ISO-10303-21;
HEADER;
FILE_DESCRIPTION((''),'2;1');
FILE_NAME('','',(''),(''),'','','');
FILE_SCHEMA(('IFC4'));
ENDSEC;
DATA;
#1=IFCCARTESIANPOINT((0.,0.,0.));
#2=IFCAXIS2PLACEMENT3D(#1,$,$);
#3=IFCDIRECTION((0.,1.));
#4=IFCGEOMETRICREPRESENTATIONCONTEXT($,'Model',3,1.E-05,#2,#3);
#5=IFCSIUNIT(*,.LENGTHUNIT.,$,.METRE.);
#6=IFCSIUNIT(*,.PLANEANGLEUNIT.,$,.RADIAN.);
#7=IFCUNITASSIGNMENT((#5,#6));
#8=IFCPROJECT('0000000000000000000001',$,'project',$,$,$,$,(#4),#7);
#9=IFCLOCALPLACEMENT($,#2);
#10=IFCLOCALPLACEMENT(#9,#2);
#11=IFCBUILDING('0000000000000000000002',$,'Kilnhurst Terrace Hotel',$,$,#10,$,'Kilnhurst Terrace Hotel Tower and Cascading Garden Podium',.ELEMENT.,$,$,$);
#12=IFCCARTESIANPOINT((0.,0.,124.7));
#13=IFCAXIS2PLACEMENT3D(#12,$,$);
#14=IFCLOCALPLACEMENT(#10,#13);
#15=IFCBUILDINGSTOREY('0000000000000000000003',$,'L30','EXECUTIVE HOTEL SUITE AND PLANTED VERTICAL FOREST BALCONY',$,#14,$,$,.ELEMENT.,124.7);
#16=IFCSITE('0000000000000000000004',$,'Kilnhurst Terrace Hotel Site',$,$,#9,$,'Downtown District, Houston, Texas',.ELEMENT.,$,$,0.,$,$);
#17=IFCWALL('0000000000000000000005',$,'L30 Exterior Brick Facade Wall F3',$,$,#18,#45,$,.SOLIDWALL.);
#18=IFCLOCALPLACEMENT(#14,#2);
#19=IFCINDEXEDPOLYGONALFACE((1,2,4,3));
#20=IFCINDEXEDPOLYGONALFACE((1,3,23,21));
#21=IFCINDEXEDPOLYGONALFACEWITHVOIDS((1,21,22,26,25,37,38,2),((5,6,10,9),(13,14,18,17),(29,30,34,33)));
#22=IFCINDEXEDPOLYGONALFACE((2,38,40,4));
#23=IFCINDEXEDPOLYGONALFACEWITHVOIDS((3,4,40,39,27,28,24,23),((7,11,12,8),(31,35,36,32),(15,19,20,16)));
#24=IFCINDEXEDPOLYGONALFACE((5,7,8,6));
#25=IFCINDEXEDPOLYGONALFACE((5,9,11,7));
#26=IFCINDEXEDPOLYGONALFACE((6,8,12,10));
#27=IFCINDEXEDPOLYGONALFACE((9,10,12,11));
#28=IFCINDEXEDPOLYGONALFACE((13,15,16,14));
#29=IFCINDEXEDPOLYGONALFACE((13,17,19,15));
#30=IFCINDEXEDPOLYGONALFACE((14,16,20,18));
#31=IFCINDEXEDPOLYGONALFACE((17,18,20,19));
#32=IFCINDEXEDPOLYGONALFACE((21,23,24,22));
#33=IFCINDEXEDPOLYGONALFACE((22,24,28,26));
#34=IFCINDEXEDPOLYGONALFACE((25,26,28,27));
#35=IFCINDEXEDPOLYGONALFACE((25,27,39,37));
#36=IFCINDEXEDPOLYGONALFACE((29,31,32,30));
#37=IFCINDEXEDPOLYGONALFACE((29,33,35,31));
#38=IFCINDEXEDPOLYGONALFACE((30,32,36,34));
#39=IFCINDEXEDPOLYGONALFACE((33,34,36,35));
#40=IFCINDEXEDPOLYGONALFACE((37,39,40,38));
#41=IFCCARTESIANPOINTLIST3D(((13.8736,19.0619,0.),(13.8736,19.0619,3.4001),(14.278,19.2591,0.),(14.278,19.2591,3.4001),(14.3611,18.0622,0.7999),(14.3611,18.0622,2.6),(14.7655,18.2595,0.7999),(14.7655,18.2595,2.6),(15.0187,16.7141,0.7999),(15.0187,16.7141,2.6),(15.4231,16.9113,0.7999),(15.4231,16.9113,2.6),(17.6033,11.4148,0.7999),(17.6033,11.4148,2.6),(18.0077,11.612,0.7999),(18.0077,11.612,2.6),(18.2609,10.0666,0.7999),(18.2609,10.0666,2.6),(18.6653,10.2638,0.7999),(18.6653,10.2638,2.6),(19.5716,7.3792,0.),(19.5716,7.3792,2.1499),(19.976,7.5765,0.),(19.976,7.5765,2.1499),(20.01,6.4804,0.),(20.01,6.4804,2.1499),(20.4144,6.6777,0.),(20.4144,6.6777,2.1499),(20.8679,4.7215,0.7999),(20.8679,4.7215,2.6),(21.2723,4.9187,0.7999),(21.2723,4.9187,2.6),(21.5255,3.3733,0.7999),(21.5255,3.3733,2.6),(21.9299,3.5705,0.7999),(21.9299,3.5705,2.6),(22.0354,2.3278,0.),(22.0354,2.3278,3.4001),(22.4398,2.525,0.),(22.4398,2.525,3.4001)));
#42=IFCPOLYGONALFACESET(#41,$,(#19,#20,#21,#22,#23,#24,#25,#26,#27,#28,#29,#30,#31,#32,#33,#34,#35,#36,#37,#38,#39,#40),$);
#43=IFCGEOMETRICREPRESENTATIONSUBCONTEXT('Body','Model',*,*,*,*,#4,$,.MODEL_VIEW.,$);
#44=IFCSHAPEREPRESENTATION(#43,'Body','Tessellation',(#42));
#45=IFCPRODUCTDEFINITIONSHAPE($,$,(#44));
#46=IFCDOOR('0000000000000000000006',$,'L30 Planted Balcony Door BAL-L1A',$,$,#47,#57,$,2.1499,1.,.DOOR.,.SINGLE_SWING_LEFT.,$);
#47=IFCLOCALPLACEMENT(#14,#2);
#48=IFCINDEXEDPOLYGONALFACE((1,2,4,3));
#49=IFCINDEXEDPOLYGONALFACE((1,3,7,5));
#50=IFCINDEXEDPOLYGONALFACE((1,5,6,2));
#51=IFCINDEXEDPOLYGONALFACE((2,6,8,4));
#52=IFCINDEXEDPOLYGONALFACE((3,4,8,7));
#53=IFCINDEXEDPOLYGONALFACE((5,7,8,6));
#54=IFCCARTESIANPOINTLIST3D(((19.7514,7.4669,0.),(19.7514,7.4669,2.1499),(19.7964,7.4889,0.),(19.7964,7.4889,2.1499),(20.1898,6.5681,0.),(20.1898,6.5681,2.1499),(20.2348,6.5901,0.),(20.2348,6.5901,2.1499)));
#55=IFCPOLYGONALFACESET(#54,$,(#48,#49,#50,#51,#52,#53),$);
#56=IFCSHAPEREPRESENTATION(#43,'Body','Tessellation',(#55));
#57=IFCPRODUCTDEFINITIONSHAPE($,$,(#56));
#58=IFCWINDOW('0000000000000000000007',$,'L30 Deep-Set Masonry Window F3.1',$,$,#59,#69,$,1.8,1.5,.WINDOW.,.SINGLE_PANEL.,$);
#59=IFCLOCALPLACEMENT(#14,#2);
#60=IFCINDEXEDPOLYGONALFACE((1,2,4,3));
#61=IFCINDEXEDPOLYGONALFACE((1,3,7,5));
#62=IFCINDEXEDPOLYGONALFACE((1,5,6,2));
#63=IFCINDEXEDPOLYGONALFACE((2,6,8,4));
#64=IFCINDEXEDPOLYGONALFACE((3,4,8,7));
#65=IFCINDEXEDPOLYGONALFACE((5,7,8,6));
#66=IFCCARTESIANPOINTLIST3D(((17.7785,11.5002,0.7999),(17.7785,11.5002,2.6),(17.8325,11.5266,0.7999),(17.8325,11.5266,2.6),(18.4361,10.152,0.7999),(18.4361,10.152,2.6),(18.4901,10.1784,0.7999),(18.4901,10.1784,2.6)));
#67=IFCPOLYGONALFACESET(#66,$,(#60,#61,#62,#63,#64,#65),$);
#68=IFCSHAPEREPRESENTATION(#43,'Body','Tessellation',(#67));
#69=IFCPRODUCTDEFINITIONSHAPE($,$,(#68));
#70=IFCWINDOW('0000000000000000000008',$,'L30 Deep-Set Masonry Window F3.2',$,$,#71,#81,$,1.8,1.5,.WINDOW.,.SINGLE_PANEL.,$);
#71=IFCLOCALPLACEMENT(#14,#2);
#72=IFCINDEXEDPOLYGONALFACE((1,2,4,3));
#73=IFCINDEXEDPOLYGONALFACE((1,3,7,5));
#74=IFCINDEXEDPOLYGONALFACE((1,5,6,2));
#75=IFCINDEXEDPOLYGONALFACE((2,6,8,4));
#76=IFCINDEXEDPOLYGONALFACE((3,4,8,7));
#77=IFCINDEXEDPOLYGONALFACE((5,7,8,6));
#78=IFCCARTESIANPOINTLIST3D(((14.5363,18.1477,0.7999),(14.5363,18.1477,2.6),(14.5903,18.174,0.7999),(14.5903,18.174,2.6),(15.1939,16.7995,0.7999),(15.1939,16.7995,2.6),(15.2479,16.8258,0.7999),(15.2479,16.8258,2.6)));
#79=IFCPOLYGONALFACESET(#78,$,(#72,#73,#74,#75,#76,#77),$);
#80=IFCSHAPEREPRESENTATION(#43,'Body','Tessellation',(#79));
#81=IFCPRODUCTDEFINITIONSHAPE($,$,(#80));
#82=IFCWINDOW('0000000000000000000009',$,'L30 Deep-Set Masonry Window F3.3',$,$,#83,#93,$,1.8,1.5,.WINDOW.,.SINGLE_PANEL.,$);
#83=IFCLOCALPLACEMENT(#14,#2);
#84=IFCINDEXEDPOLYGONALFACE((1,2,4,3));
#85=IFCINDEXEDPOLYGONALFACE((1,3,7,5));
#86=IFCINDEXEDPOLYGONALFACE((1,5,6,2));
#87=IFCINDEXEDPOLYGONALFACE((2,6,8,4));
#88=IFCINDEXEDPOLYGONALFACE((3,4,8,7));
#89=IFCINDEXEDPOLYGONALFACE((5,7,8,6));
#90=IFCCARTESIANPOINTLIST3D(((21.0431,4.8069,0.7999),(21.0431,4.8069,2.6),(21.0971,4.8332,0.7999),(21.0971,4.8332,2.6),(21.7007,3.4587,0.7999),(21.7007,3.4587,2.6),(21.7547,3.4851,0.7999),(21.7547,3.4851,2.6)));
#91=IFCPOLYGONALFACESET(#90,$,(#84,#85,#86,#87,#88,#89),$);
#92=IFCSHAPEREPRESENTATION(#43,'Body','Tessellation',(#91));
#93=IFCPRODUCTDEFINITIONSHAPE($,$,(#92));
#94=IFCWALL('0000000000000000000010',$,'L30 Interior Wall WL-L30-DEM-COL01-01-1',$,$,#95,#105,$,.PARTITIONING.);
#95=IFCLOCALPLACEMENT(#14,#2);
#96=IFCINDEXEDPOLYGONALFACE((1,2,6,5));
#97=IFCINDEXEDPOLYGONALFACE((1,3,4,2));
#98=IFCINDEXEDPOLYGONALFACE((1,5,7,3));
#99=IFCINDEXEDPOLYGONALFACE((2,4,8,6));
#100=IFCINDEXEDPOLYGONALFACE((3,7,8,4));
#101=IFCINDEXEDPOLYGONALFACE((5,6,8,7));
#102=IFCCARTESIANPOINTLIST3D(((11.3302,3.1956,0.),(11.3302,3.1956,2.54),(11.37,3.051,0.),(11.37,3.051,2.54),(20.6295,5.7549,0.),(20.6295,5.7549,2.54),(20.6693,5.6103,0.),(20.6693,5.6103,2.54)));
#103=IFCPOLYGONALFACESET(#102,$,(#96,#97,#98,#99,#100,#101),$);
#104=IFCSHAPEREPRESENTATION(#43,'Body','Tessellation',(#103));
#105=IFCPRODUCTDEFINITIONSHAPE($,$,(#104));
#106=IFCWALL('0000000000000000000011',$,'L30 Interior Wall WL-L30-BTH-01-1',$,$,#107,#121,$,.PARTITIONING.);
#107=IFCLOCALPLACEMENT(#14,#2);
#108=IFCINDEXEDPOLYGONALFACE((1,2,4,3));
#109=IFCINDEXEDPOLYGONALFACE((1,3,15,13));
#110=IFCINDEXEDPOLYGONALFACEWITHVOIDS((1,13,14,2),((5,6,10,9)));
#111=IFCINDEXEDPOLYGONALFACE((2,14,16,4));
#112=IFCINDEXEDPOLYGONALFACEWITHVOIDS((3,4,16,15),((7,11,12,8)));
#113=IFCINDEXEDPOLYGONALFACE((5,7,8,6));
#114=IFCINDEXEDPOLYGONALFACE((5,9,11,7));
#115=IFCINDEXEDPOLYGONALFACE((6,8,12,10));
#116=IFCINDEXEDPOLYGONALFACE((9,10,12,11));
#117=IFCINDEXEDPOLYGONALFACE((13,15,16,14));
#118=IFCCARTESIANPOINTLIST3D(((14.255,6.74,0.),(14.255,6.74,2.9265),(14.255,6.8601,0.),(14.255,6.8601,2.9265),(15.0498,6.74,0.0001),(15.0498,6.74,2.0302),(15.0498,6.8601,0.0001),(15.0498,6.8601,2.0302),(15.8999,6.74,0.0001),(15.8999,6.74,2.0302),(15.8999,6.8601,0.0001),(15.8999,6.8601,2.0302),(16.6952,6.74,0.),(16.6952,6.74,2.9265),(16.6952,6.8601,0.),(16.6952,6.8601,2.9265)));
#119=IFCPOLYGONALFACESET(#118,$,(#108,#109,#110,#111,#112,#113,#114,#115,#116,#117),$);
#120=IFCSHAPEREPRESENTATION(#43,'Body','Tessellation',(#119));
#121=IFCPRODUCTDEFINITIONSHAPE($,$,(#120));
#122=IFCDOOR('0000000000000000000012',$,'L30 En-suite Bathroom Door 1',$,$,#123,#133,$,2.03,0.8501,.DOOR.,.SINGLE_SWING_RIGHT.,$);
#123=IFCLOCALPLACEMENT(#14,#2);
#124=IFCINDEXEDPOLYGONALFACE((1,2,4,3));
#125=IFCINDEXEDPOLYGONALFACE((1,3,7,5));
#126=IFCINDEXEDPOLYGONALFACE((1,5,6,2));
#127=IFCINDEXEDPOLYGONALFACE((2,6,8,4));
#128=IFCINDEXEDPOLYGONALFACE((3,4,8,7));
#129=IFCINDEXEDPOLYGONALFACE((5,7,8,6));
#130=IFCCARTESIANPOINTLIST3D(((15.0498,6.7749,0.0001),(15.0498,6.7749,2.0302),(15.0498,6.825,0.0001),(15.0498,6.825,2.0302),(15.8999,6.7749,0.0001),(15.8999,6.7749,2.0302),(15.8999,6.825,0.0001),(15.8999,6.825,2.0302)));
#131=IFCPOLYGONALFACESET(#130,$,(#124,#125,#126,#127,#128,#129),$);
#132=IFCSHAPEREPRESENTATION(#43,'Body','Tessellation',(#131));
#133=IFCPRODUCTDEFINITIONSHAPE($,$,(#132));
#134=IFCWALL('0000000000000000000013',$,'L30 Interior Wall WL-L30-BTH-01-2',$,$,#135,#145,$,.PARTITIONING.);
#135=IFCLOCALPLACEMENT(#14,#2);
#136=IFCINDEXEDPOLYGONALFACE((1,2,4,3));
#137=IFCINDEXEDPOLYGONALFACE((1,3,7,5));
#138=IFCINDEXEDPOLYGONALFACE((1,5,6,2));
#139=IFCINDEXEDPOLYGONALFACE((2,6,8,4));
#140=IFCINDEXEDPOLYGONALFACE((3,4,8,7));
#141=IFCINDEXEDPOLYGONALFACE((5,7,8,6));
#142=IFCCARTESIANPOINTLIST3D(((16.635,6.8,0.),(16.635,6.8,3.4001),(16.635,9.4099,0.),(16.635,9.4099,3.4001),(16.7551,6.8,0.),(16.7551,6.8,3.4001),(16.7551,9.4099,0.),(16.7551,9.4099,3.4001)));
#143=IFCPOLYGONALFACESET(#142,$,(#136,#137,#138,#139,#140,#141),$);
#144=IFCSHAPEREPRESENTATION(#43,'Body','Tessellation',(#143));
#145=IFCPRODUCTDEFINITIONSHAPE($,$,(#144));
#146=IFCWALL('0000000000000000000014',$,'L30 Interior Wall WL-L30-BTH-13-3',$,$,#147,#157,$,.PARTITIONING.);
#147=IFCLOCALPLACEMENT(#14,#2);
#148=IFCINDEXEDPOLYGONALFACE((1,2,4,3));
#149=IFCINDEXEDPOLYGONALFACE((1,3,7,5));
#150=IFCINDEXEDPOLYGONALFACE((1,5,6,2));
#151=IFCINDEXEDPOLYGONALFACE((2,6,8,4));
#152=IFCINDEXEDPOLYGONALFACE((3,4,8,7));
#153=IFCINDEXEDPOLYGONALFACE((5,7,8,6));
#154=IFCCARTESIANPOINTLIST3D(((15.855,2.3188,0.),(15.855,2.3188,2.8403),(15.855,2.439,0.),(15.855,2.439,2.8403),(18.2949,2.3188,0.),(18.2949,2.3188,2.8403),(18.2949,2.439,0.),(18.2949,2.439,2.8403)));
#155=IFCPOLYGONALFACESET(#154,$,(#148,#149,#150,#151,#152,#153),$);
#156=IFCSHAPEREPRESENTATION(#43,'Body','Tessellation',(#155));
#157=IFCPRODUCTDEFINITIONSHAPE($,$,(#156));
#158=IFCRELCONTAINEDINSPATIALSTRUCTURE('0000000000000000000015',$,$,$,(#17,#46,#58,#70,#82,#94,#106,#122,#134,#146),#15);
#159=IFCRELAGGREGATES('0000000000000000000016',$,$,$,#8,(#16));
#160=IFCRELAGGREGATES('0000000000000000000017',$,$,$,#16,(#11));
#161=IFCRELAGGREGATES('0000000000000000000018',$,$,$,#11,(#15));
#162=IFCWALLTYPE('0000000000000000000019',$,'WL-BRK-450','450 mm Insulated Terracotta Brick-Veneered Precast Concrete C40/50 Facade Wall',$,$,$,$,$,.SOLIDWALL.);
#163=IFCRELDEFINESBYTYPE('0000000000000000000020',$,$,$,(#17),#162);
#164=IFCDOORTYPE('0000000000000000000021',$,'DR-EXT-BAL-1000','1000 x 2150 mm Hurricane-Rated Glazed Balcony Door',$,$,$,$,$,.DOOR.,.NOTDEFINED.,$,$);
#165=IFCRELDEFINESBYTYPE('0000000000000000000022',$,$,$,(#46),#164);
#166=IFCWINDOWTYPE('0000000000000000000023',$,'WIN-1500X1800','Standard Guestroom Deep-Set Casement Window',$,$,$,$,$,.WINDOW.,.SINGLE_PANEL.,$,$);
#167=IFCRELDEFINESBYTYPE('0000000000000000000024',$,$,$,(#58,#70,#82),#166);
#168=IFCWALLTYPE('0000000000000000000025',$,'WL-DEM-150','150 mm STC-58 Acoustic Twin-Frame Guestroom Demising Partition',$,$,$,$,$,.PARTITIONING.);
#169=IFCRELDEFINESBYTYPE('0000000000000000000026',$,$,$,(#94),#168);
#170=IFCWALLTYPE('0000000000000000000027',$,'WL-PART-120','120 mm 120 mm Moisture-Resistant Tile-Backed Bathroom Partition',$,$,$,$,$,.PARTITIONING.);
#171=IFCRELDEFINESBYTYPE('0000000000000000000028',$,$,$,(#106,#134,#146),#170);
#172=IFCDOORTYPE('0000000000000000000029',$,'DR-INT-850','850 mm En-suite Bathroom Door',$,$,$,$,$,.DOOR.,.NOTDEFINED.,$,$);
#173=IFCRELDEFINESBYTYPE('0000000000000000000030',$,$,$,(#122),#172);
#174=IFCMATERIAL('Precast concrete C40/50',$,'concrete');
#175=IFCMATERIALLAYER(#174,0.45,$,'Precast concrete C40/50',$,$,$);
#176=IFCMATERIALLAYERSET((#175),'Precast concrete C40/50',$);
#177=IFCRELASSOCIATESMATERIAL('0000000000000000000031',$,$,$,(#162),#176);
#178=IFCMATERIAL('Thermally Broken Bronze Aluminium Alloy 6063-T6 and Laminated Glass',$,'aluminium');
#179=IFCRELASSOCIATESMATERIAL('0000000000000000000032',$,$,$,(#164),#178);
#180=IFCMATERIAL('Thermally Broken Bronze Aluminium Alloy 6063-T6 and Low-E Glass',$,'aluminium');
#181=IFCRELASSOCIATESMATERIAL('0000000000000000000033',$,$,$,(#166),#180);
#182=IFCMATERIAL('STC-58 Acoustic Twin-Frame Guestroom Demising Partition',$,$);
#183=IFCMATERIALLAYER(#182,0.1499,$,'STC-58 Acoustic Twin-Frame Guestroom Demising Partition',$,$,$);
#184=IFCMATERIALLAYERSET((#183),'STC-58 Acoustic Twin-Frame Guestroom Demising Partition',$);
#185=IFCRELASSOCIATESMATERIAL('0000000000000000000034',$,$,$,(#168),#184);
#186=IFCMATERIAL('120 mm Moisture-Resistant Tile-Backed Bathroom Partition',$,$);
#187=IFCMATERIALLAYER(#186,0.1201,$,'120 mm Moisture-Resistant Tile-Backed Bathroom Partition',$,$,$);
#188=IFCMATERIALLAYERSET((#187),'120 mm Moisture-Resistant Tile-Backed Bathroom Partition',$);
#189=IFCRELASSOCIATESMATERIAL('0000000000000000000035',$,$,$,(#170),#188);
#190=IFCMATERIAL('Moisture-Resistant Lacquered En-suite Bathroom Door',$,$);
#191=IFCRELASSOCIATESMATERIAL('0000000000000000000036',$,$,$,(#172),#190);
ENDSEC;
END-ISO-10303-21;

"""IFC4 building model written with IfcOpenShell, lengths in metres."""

from ifc_helpers import new_model, si_unit, direction, frame, frame_2d, origin, place, context, subcontext, project, spatial, rectangle, extrude, material, layer, layer_set, type_object, element, fill, save


model = new_model("IFC4")

# Units and contexts
model_context = context("Model", 3, precision=1e-05, world=origin(), true_north=direction((0.0, 1.0)))
body_context = subcontext(model_context, "Body", "Model", "MODEL_VIEW")
ifc_project = project(units=[si_unit("LENGTHUNIT", "METRE"), si_unit("PLANEANGLEUNIT", "RADIAN")], contexts=[model_context])

# Site, building, storey
site_placement = place(None, origin())
site = spatial("IfcSite", under=ifc_project, at=site_placement, Name="Kilnhurst Terrace Hotel Site", LongName="Downtown District, Houston, Texas", CompositionType="ELEMENT", RefElevation=0.0)
building_placement = place(site_placement, origin())
building = spatial("IfcBuilding", under=site, at=building_placement, Name="Kilnhurst Terrace Hotel", LongName="Kilnhurst Terrace Hotel Tower and Cascading Garden Podium", CompositionType="ELEMENT")
storey_placement = place(building_placement, frame((0.0, 0.0, 124.7)))
storey = spatial("IfcBuildingStorey", under=building, at=storey_placement, Name="L30", Description="EXECUTIVE HOTEL SUITE AND PLANTED VERTICAL FOREST BALCONY", CompositionType="ELEMENT", Elevation=124.7)

# Shared definitions
ifc_material_1 = material(Name="Precast concrete C40/50", Category="concrete")
ifc_layer_1 = layer(ifc_material_1, 0.45, Name="Precast concrete C40/50")
ifc_layer_set_1 = layer_set([ifc_layer_1], Name="Precast concrete C40/50")
wall_type_1 = type_object("IfcWallType", Name="WL-BRK-450", Description="450 mm Insulated Terracotta Brick-Veneered Precast Concrete C40/50 Facade Wall", PredefinedType="SOLIDWALL", material=ifc_layer_set_1)

# Wall, openings, door, windows
wall_1_placement = place(storey_placement, frame((22.2375, 2.4265, 0.0), z_axis=(0.0, 0.0, 1.0), x_axis=(-0.438375, 0.898792, 0.0)))
wall_1 = element("IfcWall", 1, at=wall_1_placement, inside=storey, type_object=wall_type_1, Name="L30 Exterior Brick Facade Wall F3", PredefinedType="SOLIDWALL", context=body_context, shape_type="SweptSolid", body=[
    extrude(rectangle(XDim=18.6184, YDim=0.45, at=frame_2d((9.3091, 0.0))), origin(), (0.0, 0.0, 1.0), 3.4001),
])
opening_1_placement = place(wall_1_placement, frame((4.6201, 0.0, 0.0)))
opening_1 = element("IfcOpeningElement", 2, at=opening_1_placement, cuts=wall_1, PredefinedType="OPENING", context=body_context, shape_type="SweptSolid", body=[
    extrude(rectangle(XDim=1.0, YDim=2.1499, at=frame_2d((0.5, 1.075))), frame((0.0, 0.2349, 0.0), z_axis=(0.0, -1.0, 0.0), x_axis=(1.0, 0.0, 0.0)), (0.0, 0.0, 1.0), 0.47),
])
opening_2_placement = place(wall_1_placement, frame((8.6101, 0.0, 0.8)))
opening_2 = element("IfcOpeningElement", 3, at=opening_2_placement, cuts=wall_1, PredefinedType="OPENING", context=body_context, shape_type="SweptSolid", body=[
    extrude(rectangle(XDim=1.5, YDim=1.8, at=frame_2d((0.75, 0.8999))), frame((0.0, 0.2349, 0.0), z_axis=(0.0, -1.0, 0.0), x_axis=(1.0, 0.0, 0.0)), (0.0, 0.0, 1.0), 0.47),
])
opening_3_placement = place(wall_1_placement, frame((16.0061, 0.0, 0.8)))
opening_3 = element("IfcOpeningElement", 4, at=opening_3_placement, cuts=wall_1, PredefinedType="OPENING", context=body_context, shape_type="SweptSolid", body=[
    extrude(rectangle(XDim=1.5, YDim=1.8, at=frame_2d((0.75, 0.8999))), frame((0.0, 0.2349, 0.0), z_axis=(0.0, -1.0, 0.0), x_axis=(1.0, 0.0, 0.0)), (0.0, 0.0, 1.0), 0.47),
])
opening_4_placement = place(wall_1_placement, frame((1.1631, 0.0, 0.8)))
opening_4 = element("IfcOpeningElement", 5, at=opening_4_placement, cuts=wall_1, PredefinedType="OPENING", context=body_context, shape_type="SweptSolid", body=[
    extrude(rectangle(XDim=1.5, YDim=1.8, at=frame_2d((0.75, 0.8999))), frame((0.0, 0.2349, 0.0), z_axis=(0.0, -1.0, 0.0), x_axis=(1.0, 0.0, 0.0)), (0.0, 0.0, 1.0), 0.47),
])
ifc_material_2 = material(Name="Thermally Broken Bronze Aluminium Alloy 6063-T6 and Laminated Glass", Category="aluminium")
door_type_1 = type_object("IfcDoorType", Name="DR-EXT-BAL-1000", Description="1000 x 2150 mm Hurricane-Rated Glazed Balcony Door", OperationType="NOTDEFINED", PredefinedType="DOOR", material=ifc_material_2)
door_1_placement = place(opening_1_placement, origin())
door_1 = element("IfcDoor", 6, at=door_1_placement, inside=storey, type_object=door_type_1, Name="L30 Planted Balcony Door BAL-L1A", OperationType="SINGLE_SWING_LEFT", OverallHeight=2.1499, OverallWidth=1.0, PredefinedType="DOOR", context=body_context, shape_type="SweptSolid", body=[
    extrude(rectangle(XDim=1.0, YDim=2.1499, at=frame_2d((0.5, 1.075))), frame((0.0, 0.0249, 0.0), z_axis=(0.0, -1.0, 0.0), x_axis=(1.0, 0.0, 0.0)), (0.0, 0.0, 1.0), 0.05),
])
fill(opening_1, door_1)
ifc_material_3 = material(Name="Thermally Broken Bronze Aluminium Alloy 6063-T6 and Low-E Glass", Category="aluminium")
window_type = type_object("IfcWindowType", Name="WIN-1500X1800", Description="Standard Guestroom Deep-Set Casement Window", PartitioningType="SINGLE_PANEL", PredefinedType="WINDOW", material=ifc_material_3)
window_1_placement = place(opening_2_placement, origin())
window_1 = element("IfcWindow", 7, at=window_1_placement, inside=storey, type_object=window_type, Name="L30 Deep-Set Masonry Window F3.1", OverallHeight=1.8, OverallWidth=1.5, PartitioningType="SINGLE_PANEL", PredefinedType="WINDOW", context=body_context, shape_type="SweptSolid", body=[
    extrude(rectangle(XDim=1.5, YDim=1.8, at=frame_2d((0.75, 0.8999))), frame((0.0, 0.03, 0.0), z_axis=(0.0, -1.0, 0.0), x_axis=(1.0, 0.0, 0.0)), (0.0, 0.0, 1.0), 0.0601),
])
fill(opening_2, window_1)
window_2_placement = place(opening_3_placement, origin())
window_2 = element("IfcWindow", 8, at=window_2_placement, inside=storey, type_object=window_type, Name="L30 Deep-Set Masonry Window F3.2", OverallHeight=1.8, OverallWidth=1.5, PartitioningType="SINGLE_PANEL", PredefinedType="WINDOW", context=body_context, shape_type="SweptSolid", body=[
    extrude(rectangle(XDim=1.5, YDim=1.8, at=frame_2d((0.75, 0.8999))), frame((0.0, 0.03, 0.0), z_axis=(0.0, -1.0, 0.0), x_axis=(1.0, 0.0, 0.0)), (0.0, 0.0, 1.0), 0.0601),
])
fill(opening_3, window_2)
window_3_placement = place(opening_4_placement, origin())
window_3 = element("IfcWindow", 9, at=window_3_placement, inside=storey, type_object=window_type, Name="L30 Deep-Set Masonry Window F3.3", OverallHeight=1.8, OverallWidth=1.5, PartitioningType="SINGLE_PANEL", PredefinedType="WINDOW", context=body_context, shape_type="SweptSolid", body=[
    extrude(rectangle(XDim=1.5, YDim=1.8, at=frame_2d((0.75, 0.8999))), frame((0.0, 0.03, 0.0), z_axis=(0.0, -1.0, 0.0), x_axis=(1.0, 0.0, 0.0)), (0.0, 0.0, 1.0), 0.0601),
])
fill(opening_4, window_3)

# Wall
ifc_material_4 = material(Name="STC-58 Acoustic Twin-Frame Guestroom Demising Partition")
ifc_layer_2 = layer(ifc_material_4, 0.1499, Name="STC-58 Acoustic Twin-Frame Guestroom Demising Partition")
ifc_layer_set_2 = layer_set([ifc_layer_2], Name="STC-58 Acoustic Twin-Frame Guestroom Demising Partition")
wall_type_2 = type_object("IfcWallType", Name="WL-DEM-150", Description="150 mm STC-58 Acoustic Twin-Frame Guestroom Demising Partition", PredefinedType="PARTITIONING", material=ifc_layer_set_2)
wall_2_placement = place(storey_placement, frame((11.3501, 3.1233, 0.0), z_axis=(0.0, 0.0, 1.0), x_axis=(0.964152, 0.265351, 0.0)))
element("IfcWall", 10, at=wall_2_placement, inside=storey, type_object=wall_type_2, Name="L30 Interior Wall WL-L30-DEM-COL01-01-1", PredefinedType="PARTITIONING", context=body_context, shape_type="SweptSolid", body=[
    extrude(rectangle(XDim=9.645, YDim=0.1499, at=frame_2d((4.8225, 0.0))), origin(), (0.0, 0.0, 1.0), 2.54),
])

# Wall, opening, door
ifc_material_5 = material(Name="120 mm Moisture-Resistant Tile-Backed Bathroom Partition")
ifc_layer_3 = layer(ifc_material_5, 0.1201, Name="120 mm Moisture-Resistant Tile-Backed Bathroom Partition")
ifc_layer_set_3 = layer_set([ifc_layer_3], Name="120 mm Moisture-Resistant Tile-Backed Bathroom Partition")
wall_type_3 = type_object("IfcWallType", Name="WL-PART-120", Description="120 mm 120 mm Moisture-Resistant Tile-Backed Bathroom Partition", PredefinedType="PARTITIONING", material=ifc_layer_set_3)
wall_3_placement = place(storey_placement, frame((14.2549, 6.8, 0.0), z_axis=(0.0, 0.0, 1.0), x_axis=(1.0, 0.0, 0.0)))
wall_3 = element("IfcWall", 11, at=wall_3_placement, inside=storey, type_object=wall_type_3, Name="L30 Interior Wall WL-L30-BTH-01-1", PredefinedType="PARTITIONING", context=body_context, shape_type="SweptSolid", body=[
    extrude(rectangle(XDim=2.4402, YDim=0.1201, at=frame_2d((1.2202, 0.0))), origin(), (0.0, 0.0, 1.0), 2.9265),
])
opening_5_placement = place(wall_3_placement, frame((0.7949, 0.0, 0.0)))
opening_5 = element("IfcOpeningElement", 12, at=opening_5_placement, cuts=wall_3, PredefinedType="OPENING", context=body_context, shape_type="SweptSolid", body=[
    extrude(rectangle(XDim=0.8501, YDim=2.03, at=frame_2d((0.425, 1.0151))), frame((0.0, 0.0701, 0.0), z_axis=(0.0, -1.0, 0.0), x_axis=(1.0, 0.0, 0.0)), (0.0, 0.0, 1.0), 0.1401),
])
ifc_material_6 = material(Name="Moisture-Resistant Lacquered En-suite Bathroom Door")
door_type_2 = type_object("IfcDoorType", Name="DR-INT-850", Description="850 mm En-suite Bathroom Door", OperationType="NOTDEFINED", PredefinedType="DOOR", material=ifc_material_6)
door_2_placement = place(opening_5_placement, origin())
door_2 = element("IfcDoor", 13, at=door_2_placement, inside=storey, type_object=door_type_2, Name="L30 En-suite Bathroom Door 1", OperationType="SINGLE_SWING_RIGHT", OverallHeight=2.03, OverallWidth=0.8501, PredefinedType="DOOR", context=body_context, shape_type="SweptSolid", body=[
    extrude(rectangle(XDim=0.8501, YDim=2.03, at=frame_2d((0.425, 1.0151))), frame((0.0, 0.0249, 0.0), z_axis=(0.0, -1.0, 0.0), x_axis=(1.0, 0.0, 0.0)), (0.0, 0.0, 1.0), 0.05),
])
fill(opening_5, door_2)

# Walls
wall_4_placement = place(storey_placement, frame((16.6951, 6.8, 0.0), z_axis=(0.0, 0.0, 1.0), x_axis=(0.0, 1.0, 0.0)))
element("IfcWall", 14, at=wall_4_placement, inside=storey, type_object=wall_type_3, Name="L30 Interior Wall WL-L30-BTH-01-2", PredefinedType="PARTITIONING", context=body_context, shape_type="SweptSolid", body=[
    extrude(rectangle(XDim=2.6099, YDim=0.1201, at=frame_2d((1.3049, 0.0))), origin(), (0.0, 0.0, 1.0), 3.4001),
])
wall_5_placement = place(storey_placement, frame((18.2949, 2.3789, 0.0), z_axis=(0.0, 0.0, 1.0), x_axis=(-1.0, 0.0, 0.0)))
element("IfcWall", 15, at=wall_5_placement, inside=storey, type_object=wall_type_3, Name="L30 Interior Wall WL-L30-BTH-13-3", PredefinedType="PARTITIONING", context=body_context, shape_type="SweptSolid", body=[
    extrude(rectangle(XDim=2.4399, YDim=0.1201, at=frame_2d((1.22, 0.0))), origin(), (0.0, 0.0, 1.0), 2.8403),
])

save(model, "model.ifc")
